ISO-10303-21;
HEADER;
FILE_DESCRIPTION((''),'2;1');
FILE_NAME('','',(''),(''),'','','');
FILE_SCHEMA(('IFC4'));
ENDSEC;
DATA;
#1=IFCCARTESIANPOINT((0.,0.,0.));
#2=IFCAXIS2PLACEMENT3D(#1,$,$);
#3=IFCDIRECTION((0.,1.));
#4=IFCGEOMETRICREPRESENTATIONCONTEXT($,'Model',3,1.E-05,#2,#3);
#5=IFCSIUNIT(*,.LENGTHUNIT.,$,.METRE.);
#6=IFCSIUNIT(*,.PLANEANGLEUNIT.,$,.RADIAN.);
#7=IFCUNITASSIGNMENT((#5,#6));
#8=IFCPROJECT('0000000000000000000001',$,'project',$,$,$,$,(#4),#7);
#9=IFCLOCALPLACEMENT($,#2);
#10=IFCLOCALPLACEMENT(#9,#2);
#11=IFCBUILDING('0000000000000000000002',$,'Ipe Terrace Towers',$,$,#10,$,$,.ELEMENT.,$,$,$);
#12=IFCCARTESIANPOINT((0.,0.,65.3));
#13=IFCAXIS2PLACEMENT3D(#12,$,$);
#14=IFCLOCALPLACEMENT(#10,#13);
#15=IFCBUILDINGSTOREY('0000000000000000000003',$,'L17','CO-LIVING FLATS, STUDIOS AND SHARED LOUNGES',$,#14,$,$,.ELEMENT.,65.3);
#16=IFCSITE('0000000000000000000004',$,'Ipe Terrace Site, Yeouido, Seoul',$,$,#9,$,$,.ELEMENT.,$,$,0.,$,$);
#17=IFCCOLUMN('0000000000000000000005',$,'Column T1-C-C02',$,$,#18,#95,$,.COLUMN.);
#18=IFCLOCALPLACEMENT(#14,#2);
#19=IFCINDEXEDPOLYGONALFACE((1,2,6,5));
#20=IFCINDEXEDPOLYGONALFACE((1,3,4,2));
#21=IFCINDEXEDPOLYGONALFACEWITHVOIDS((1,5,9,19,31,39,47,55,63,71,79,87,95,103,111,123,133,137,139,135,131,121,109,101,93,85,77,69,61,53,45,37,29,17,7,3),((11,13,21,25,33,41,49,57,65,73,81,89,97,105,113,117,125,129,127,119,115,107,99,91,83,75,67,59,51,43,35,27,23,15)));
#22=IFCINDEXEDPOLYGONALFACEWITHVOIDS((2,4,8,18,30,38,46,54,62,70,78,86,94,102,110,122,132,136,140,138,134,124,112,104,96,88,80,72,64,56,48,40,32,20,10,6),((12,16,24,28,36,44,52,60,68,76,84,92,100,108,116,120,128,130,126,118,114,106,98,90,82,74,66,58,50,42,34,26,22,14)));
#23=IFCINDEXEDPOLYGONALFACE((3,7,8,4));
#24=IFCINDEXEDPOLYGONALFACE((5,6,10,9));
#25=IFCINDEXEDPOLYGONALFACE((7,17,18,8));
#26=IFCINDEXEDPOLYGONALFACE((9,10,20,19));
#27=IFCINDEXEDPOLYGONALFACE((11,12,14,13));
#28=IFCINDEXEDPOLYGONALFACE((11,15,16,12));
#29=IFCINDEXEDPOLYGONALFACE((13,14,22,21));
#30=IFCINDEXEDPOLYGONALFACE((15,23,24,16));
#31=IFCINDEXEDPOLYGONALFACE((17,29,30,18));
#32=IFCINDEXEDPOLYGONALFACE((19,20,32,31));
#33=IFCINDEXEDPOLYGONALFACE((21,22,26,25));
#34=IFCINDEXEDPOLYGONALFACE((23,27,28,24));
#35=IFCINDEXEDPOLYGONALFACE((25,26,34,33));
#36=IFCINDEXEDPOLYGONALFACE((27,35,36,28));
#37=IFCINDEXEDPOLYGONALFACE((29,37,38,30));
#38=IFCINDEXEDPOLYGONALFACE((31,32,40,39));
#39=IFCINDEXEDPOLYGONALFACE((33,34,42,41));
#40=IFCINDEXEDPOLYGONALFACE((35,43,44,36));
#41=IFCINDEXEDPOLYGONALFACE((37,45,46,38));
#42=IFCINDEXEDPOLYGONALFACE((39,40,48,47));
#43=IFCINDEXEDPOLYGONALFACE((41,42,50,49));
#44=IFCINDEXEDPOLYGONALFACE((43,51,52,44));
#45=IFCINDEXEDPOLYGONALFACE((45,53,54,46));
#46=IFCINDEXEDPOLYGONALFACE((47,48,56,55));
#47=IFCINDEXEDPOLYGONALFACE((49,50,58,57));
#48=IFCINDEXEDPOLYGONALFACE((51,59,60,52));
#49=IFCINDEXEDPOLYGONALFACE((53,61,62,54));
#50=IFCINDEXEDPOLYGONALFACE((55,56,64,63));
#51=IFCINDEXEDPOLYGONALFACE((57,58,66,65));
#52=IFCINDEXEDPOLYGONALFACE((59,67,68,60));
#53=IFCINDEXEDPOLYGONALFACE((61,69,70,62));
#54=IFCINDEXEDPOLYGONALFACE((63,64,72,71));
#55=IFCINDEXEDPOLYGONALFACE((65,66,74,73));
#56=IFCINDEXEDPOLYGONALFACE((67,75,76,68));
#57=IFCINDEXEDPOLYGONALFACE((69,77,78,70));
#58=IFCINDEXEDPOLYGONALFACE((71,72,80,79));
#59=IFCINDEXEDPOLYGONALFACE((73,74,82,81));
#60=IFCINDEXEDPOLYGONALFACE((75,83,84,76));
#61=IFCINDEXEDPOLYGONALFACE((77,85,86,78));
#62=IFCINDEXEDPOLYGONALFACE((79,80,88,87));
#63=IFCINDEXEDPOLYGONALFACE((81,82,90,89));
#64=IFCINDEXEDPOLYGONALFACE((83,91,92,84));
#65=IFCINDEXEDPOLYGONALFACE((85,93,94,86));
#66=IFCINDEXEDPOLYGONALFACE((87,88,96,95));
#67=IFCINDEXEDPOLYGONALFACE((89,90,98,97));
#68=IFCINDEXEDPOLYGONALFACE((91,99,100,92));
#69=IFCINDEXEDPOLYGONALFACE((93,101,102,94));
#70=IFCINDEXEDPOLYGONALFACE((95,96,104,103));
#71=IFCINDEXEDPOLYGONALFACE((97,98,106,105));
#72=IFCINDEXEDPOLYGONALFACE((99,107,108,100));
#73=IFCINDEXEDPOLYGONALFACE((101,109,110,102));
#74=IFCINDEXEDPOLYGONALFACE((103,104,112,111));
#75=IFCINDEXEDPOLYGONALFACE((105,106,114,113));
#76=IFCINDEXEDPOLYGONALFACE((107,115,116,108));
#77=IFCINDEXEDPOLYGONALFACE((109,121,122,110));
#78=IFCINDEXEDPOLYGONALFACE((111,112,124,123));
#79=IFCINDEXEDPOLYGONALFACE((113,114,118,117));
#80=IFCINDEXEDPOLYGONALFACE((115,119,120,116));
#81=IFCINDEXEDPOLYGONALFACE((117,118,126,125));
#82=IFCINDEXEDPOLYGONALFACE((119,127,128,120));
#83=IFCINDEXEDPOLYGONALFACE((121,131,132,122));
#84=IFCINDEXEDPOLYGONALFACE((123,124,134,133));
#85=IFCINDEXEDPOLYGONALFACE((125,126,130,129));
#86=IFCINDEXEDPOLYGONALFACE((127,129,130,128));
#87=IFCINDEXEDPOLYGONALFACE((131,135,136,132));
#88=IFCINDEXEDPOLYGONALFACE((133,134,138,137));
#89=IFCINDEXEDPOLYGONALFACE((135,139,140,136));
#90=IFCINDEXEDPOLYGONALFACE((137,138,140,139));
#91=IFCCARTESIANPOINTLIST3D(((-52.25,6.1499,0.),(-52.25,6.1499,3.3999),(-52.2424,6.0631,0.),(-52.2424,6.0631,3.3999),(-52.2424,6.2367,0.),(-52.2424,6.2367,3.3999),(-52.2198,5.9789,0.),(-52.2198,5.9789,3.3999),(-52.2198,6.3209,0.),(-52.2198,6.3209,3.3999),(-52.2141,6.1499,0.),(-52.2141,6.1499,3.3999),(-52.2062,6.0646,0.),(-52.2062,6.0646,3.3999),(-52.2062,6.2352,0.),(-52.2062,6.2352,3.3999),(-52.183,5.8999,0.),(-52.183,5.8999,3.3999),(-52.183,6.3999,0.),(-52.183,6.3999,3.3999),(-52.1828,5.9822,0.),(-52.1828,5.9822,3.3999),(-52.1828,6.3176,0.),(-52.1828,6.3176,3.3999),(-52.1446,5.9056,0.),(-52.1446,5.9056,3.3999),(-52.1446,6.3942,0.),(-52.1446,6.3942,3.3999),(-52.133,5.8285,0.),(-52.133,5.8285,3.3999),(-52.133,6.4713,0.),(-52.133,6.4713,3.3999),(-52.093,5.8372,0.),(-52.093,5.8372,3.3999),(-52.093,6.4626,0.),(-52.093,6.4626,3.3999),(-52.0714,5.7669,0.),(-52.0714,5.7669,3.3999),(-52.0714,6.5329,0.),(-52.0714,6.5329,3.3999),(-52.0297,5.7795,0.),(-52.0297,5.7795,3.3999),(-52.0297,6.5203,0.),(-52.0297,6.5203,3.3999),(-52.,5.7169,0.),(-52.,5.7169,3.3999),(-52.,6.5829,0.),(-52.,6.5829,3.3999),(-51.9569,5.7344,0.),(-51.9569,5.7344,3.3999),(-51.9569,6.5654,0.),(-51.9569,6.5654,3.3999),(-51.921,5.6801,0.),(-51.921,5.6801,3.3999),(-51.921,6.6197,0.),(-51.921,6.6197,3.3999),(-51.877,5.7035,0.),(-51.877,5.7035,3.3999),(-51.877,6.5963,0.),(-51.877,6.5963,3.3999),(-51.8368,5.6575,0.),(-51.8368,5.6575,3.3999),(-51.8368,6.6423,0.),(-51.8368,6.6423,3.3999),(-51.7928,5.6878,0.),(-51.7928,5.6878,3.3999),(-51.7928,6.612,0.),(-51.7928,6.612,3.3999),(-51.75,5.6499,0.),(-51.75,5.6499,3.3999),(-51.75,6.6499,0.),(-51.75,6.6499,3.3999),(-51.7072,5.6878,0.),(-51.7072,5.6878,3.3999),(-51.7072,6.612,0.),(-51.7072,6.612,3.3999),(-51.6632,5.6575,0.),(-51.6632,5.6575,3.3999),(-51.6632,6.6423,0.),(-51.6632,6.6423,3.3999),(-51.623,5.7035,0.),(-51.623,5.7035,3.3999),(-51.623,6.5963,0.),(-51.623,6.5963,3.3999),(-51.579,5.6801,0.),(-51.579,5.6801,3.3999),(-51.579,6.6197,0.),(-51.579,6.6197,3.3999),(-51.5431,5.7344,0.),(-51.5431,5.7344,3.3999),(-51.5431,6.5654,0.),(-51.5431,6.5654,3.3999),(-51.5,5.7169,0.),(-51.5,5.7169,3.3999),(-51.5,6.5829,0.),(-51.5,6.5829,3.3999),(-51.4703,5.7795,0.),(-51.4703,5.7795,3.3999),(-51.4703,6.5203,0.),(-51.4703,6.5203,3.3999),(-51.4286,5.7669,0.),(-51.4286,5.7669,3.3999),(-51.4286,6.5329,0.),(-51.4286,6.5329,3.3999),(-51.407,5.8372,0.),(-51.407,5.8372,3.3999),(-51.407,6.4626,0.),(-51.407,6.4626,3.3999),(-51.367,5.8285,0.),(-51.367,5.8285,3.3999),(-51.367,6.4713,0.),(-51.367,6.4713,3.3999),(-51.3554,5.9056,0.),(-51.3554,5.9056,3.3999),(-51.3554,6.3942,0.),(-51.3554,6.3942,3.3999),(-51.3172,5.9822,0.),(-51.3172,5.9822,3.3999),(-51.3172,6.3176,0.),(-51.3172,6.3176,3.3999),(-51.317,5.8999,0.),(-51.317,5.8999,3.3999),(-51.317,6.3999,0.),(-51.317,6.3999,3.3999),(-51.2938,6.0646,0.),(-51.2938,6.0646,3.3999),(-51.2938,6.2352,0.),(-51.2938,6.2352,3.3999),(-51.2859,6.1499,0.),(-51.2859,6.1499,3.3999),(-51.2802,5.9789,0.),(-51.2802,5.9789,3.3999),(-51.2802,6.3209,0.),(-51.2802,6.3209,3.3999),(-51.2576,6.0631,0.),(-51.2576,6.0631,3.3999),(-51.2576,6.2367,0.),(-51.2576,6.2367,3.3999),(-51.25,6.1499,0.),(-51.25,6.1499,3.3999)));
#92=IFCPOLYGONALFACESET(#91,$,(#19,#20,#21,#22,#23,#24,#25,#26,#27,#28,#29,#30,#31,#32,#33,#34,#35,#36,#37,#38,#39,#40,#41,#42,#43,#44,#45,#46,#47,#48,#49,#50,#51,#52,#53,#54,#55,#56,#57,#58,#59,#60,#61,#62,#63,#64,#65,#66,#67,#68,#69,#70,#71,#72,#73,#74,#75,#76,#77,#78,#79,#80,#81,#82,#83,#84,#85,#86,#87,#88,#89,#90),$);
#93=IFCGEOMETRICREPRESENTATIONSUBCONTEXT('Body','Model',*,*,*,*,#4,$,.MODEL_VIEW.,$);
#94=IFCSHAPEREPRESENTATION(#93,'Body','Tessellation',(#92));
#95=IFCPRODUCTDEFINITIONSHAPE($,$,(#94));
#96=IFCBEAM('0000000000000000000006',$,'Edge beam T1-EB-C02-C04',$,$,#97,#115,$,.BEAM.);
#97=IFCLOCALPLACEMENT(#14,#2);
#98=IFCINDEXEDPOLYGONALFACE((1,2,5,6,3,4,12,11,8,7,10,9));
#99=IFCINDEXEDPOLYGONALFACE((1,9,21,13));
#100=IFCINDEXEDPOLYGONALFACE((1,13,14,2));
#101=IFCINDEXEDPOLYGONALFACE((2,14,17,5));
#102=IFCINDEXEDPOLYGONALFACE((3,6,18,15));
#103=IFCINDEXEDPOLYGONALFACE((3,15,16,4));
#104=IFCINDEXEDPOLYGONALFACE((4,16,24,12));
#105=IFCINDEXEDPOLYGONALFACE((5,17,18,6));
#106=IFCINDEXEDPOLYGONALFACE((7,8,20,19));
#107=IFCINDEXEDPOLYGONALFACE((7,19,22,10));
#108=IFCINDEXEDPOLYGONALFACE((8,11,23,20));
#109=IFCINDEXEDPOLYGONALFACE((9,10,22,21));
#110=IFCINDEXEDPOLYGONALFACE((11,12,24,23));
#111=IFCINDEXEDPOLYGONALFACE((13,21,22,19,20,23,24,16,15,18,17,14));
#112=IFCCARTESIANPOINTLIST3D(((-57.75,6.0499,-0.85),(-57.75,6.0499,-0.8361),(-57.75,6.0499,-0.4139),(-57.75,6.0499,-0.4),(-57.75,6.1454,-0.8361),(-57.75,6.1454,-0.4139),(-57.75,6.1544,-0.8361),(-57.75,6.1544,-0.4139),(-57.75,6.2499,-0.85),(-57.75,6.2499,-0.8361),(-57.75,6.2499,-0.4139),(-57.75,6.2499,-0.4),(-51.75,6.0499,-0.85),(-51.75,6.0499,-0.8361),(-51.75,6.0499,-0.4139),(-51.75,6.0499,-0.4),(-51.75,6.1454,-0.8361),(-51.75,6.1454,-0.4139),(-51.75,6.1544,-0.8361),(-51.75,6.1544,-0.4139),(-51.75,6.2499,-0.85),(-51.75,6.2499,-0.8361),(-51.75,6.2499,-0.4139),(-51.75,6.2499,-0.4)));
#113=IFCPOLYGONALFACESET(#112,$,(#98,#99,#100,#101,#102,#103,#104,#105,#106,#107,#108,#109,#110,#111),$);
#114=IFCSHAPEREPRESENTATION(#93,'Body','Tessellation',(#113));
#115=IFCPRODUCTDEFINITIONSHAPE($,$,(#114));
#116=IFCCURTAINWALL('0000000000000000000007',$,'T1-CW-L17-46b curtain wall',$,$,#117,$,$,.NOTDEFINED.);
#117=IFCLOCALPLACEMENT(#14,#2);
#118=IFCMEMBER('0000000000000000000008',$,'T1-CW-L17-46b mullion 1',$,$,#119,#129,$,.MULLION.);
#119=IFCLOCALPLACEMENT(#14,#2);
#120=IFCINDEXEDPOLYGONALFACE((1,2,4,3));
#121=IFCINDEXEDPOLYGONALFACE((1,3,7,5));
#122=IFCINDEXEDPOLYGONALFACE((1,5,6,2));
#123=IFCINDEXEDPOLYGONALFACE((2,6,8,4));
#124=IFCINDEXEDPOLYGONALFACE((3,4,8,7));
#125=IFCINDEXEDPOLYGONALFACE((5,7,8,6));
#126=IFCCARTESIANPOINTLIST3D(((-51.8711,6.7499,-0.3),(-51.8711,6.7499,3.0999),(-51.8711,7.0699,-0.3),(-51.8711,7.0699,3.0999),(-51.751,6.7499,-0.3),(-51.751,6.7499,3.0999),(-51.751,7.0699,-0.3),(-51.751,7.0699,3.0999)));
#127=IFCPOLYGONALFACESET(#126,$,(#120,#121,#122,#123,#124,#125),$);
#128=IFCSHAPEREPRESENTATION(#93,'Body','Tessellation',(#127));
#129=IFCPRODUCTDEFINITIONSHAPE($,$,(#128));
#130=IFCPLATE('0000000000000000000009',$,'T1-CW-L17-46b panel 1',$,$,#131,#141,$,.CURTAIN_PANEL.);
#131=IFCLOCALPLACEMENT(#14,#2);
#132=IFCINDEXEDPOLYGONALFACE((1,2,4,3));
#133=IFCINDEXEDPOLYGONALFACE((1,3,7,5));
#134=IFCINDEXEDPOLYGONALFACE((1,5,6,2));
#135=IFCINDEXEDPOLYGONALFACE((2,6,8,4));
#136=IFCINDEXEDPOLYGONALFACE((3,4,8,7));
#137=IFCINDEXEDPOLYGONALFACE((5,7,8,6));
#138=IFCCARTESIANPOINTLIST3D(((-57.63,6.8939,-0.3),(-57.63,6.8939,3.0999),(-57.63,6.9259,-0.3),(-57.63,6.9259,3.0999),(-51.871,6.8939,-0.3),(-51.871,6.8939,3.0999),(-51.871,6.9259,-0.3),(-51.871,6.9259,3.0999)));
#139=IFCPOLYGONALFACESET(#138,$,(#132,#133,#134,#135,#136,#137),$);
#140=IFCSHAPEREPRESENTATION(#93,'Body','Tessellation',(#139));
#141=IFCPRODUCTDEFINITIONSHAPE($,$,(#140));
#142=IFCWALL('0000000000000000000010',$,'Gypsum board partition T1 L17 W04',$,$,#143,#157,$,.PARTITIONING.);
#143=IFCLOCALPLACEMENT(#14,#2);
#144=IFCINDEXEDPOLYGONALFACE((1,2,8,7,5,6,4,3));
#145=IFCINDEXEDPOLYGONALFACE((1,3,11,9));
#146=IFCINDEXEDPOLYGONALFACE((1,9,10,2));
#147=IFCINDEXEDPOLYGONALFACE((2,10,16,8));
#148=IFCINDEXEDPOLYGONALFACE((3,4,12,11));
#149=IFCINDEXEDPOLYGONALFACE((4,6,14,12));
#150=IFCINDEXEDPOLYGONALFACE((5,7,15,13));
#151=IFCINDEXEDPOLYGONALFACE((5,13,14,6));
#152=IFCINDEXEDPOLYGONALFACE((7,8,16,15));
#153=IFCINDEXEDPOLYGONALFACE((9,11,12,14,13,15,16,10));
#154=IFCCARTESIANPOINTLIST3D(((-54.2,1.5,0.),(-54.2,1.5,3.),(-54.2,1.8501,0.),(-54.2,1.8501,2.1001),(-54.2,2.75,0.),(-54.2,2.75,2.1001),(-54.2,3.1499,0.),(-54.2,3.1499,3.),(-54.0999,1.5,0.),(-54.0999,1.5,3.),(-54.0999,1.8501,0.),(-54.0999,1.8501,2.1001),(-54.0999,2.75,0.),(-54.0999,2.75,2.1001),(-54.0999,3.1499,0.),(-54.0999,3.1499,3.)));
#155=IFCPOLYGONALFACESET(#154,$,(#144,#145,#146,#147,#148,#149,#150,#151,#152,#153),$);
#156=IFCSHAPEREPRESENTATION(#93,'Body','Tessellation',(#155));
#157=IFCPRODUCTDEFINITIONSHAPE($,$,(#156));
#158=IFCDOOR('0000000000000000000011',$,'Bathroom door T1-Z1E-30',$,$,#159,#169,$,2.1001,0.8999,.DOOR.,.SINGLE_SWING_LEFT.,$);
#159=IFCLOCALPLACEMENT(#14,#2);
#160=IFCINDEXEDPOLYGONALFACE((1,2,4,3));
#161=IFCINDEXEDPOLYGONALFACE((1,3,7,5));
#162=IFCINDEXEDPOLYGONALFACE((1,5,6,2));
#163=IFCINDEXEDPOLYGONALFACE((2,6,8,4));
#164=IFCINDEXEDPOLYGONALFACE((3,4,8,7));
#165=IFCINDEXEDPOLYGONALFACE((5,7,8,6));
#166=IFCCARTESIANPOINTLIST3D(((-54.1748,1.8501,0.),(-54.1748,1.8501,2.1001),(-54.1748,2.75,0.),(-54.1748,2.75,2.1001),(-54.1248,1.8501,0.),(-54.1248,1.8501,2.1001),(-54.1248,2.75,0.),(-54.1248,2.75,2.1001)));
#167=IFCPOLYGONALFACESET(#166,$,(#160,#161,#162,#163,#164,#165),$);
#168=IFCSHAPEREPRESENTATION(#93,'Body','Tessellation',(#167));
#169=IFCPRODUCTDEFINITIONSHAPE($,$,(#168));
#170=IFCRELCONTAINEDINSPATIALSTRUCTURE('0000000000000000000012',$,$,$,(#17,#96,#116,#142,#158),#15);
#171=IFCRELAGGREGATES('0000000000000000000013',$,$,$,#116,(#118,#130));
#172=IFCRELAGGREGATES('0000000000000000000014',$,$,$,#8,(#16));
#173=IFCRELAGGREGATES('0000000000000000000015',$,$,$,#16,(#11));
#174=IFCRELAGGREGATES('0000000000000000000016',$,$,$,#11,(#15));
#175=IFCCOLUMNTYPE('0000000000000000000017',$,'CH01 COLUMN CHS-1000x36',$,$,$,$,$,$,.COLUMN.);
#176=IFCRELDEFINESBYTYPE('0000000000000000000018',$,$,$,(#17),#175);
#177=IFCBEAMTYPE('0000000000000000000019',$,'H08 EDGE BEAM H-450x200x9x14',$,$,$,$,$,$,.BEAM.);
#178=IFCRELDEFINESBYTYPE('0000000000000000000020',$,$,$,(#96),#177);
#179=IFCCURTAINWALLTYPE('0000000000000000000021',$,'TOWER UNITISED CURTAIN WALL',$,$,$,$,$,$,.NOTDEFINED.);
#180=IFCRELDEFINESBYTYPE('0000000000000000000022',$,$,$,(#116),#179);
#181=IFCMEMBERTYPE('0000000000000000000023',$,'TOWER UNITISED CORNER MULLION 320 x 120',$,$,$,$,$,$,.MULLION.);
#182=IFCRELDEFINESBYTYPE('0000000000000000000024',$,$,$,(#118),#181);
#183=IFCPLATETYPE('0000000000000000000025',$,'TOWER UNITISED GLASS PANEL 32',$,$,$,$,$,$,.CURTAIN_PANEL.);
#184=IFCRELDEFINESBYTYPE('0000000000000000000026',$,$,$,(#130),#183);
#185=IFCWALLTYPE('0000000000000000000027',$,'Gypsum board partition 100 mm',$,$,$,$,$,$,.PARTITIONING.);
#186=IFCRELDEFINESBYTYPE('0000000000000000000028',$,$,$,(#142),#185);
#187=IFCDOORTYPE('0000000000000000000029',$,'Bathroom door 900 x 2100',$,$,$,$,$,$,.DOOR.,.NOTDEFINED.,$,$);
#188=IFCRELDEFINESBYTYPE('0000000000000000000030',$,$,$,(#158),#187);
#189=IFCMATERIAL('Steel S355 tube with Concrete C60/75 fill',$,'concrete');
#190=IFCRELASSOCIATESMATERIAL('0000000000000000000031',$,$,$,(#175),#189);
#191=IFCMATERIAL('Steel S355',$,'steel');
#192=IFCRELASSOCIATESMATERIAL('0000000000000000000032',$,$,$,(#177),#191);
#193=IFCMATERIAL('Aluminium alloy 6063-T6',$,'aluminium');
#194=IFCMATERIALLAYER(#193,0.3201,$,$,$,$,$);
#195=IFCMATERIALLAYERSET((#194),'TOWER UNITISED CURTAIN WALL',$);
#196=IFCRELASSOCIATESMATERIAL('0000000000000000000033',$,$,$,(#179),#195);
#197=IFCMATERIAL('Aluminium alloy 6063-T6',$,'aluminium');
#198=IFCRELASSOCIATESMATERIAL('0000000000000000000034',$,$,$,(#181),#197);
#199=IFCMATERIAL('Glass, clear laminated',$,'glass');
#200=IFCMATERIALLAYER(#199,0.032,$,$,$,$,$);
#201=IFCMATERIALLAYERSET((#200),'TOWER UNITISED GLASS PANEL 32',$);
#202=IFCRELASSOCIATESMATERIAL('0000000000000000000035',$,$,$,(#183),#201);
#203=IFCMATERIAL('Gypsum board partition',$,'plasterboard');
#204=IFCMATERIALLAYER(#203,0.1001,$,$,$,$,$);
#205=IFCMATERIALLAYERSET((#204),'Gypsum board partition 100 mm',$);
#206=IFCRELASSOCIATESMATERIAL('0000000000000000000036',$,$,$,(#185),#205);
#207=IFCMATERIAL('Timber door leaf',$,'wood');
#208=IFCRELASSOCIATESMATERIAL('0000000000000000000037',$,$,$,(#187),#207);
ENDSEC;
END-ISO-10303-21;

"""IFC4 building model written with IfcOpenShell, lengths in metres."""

from ifc_helpers import new_model, si_unit, direction, frame, frame_2d, origin, origin_2d, place, context, subcontext, project, spatial, rectangle, hollow_circle, i_section, extrude, material, layer, layer_set, material_profile, profile_set, type_object, element, fill, aggregate, save


model = new_model("IFC4")

# Units and contexts
model_context = context("Model", 3, precision=1e-05, world=origin(), true_north=direction((0.0, 1.0)))
body_context = subcontext(model_context, "Body", "Model", "MODEL_VIEW")
ifc_project = project(units=[si_unit("LENGTHUNIT", "METRE"), si_unit("PLANEANGLEUNIT", "RADIAN")], contexts=[model_context])

# Site, building, storey
site_placement = place(None, origin())
site = spatial("IfcSite", under=ifc_project, at=site_placement, Name="Ipe Terrace Site, Yeouido, Seoul", CompositionType="ELEMENT", RefElevation=0.0)
building_placement = place(site_placement, origin())
building = spatial("IfcBuilding", under=site, at=building_placement, Name="Ipe Terrace Towers", CompositionType="ELEMENT")
storey_placement = place(building_placement, frame((0.0, 0.0, 65.3)))
storey = spatial("IfcBuildingStorey", under=building, at=storey_placement, Name="L17", Description="CO-LIVING FLATS, STUDIOS AND SHARED LOUNGES", CompositionType="ELEMENT", Elevation=65.3)

# Column
ifc_material_1 = material(Name="Steel S355 tube with Concrete C60/75 fill", Category="concrete")
ifc_material_profile_1 = material_profile(ifc_material_1, hollow_circle(Radius=0.5, WallThickness=0.0359, at=origin_2d()), Name="CHS-1000x36")
ifc_profile_set_1 = profile_set([ifc_material_profile_1], Name="Steel S355 tube with Concrete C60/75 fill")
column_type = type_object("IfcColumnType", Name="CH01 COLUMN CHS-1000x36", PredefinedType="COLUMN", material=ifc_profile_set_1)
column_placement = place(storey_placement, frame((-51.75, 6.1499, 0.0), z_axis=(0.0, 0.0, 1.0), x_axis=(1.0, 0.0, 0.0)))
element("IfcColumn", 1, at=column_placement, inside=storey, type_object=column_type, Name="Column T1-C-C02", PredefinedType="COLUMN", context=body_context, shape_type="SweptSolid", body=[
    extrude(hollow_circle(Radius=0.5, WallThickness=0.0359, at=origin_2d()), origin(), (0.0, 0.0, 1.0), 3.3999),
])

# Beam
ifc_material_2 = material(Name="Steel S355", Category="steel")
ifc_material_profile_2 = material_profile(ifc_material_2, i_section(OverallWidth=0.2, OverallDepth=0.45, WebThickness=0.009, FlangeThickness=0.0139, at=origin_2d()), Name="H-450x200x9x14")
ifc_profile_set_2 = profile_set([ifc_material_profile_2], Name="Steel S355")
beam_type = type_object("IfcBeamType", Name="H08 EDGE BEAM H-450x200x9x14", PredefinedType="BEAM", material=ifc_profile_set_2)
beam_placement = place(storey_placement, frame((-51.75, 6.1499, -0.625), z_axis=(-1.0, 0.0, 0.0), x_axis=(0.0, -1.0, 0.0)))
element("IfcBeam", 2, at=beam_placement, inside=storey, type_object=beam_type, Name="Edge beam T1-EB-C02-C04", PredefinedType="BEAM", context=body_context, shape_type="SweptSolid", body=[
    extrude(i_section(OverallWidth=0.2, OverallDepth=0.45, WebThickness=0.009, FlangeThickness=0.0139, at=origin_2d()), origin(), (0.0, 0.0, 1.0), 6.0),
])

# Curtain wall, member, plate
ifc_material_3 = material(Name="Aluminium alloy 6063-T6", Category="aluminium")
ifc_layer_1 = layer(ifc_material_3, 0.3201)
ifc_layer_set_1 = layer_set([ifc_layer_1], Name="TOWER UNITISED CURTAIN WALL")
curtain_wall_type = type_object("IfcCurtainWallType", Name="TOWER UNITISED CURTAIN WALL", PredefinedType="NOTDEFINED", material=ifc_layer_set_1)
curtain_wall_placement = place(storey_placement, origin())
curtain_wall = element("IfcCurtainWall", 3, at=curtain_wall_placement, inside=storey, type_object=curtain_wall_type, Name="T1-CW-L17-46b curtain wall", PredefinedType="NOTDEFINED")
ifc_material_4 = material(Name="Aluminium alloy 6063-T6", Category="aluminium")
ifc_material_profile_3 = material_profile(ifc_material_4, rectangle(XDim=0.3201, YDim=0.1201, at=origin_2d()), Name="TOWER UNITISED CORNER MULLION 320 x 120")
ifc_profile_set_3 = profile_set([ifc_material_profile_3], Name="Aluminium alloy 6063-T6")
member_type = type_object("IfcMemberType", Name="TOWER UNITISED CORNER MULLION 320 x 120", PredefinedType="MULLION", material=ifc_profile_set_3)
member_placement = place(storey_placement, frame((-51.811, 6.9099, -0.3), z_axis=(0.0, 0.0, 1.0), x_axis=(0.0, 1.0, 0.0)))
member = element("IfcMember", 4, at=member_placement, type_object=member_type, Name="T1-CW-L17-46b mullion 1", PredefinedType="MULLION", context=body_context, shape_type="SweptSolid", body=[
    extrude(rectangle(XDim=0.3201, YDim=0.1201, at=origin_2d()), origin(), (0.0, 0.0, 1.0), 3.3999),
])
ifc_material_5 = material(Name="Glass, clear laminated", Category="glass")
ifc_layer_2 = layer(ifc_material_5, 0.032)
ifc_layer_set_2 = layer_set([ifc_layer_2], Name="TOWER UNITISED GLASS PANEL 32")
plate_type = type_object("IfcPlateType", Name="TOWER UNITISED GLASS PANEL 32", PredefinedType="CURTAIN_PANEL", material=ifc_layer_set_2)
plate_placement = place(storey_placement, frame((-54.7505, 6.9099, -0.3), z_axis=(0.0, 0.0, 1.0), x_axis=(-1.0, 0.0, 0.0)))
plate = element("IfcPlate", 5, at=plate_placement, type_object=plate_type, Name="T1-CW-L17-46b panel 1", PredefinedType="CURTAIN_PANEL", context=body_context, shape_type="SweptSolid", body=[
    extrude(rectangle(XDim=5.759, YDim=0.032, at=origin_2d()), origin(), (0.0, 0.0, 1.0), 3.3999),
])
aggregate(curtain_wall, [member, plate])

# Wall, opening, door
ifc_material_6 = material(Name="Gypsum board partition", Category="plasterboard")
ifc_layer_3 = layer(ifc_material_6, 0.1001)
ifc_layer_set_3 = layer_set([ifc_layer_3], Name="Gypsum board partition 100 mm")
wall_type_1 = type_object("IfcWallType", Name="Gypsum board partition 100 mm", PredefinedType="PARTITIONING", material=ifc_layer_set_3)
wall_1_placement = place(storey_placement, frame((-54.1499, 1.5, 0.0), z_axis=(0.0, 0.0, 1.0), x_axis=(0.0, 1.0, 0.0)))
wall_1 = element("IfcWall", 6, at=wall_1_placement, inside=storey, type_object=wall_type_1, Name="Gypsum board partition T1 L17 W04", PredefinedType="PARTITIONING", context=body_context, shape_type="SweptSolid", body=[
    extrude(rectangle(XDim=1.6499, YDim=0.1001, at=frame_2d((0.825, 0.0))), origin(), (0.0, 0.0, 1.0), 3.0),
])
opening_1_placement = place(wall_1_placement, frame((0.3501, 0.0, 0.0)))
opening_1 = element("IfcOpeningElement", 7, at=opening_1_placement, cuts=wall_1, PredefinedType="OPENING", context=body_context, shape_type="SweptSolid", body=[
    extrude(rectangle(XDim=0.8999, YDim=2.1001, at=frame_2d((0.45, 1.05))), frame((0.0, 0.0601, 0.0), z_axis=(0.0, -1.0, 0.0), x_axis=(1.0, 0.0, 0.0)), (0.0, 0.0, 1.0), 0.1201),
])
ifc_material_7 = material(Name="Timber door leaf", Category="wood")
door_type_1 = type_object("IfcDoorType", Name="Bathroom door 900 x 2100", OperationType="NOTDEFINED", PredefinedType="DOOR", material=ifc_material_7)
door_1_placement = place(opening_1_placement, origin())
door_1 = element("IfcDoor", 8, at=door_1_placement, inside=storey, type_object=door_type_1, Name="Bathroom door T1-Z1E-30", OperationType="SINGLE_SWING_LEFT", OverallHeight=2.1001, OverallWidth=0.8999, PredefinedType="DOOR", context=body_context, shape_type="SweptSolid", body=[
    extrude(rectangle(XDim=0.8999, YDim=2.1001, at=frame_2d((0.45, 1.05))), frame((0.0, 0.0249, 0.0), z_axis=(0.0, -1.0, 0.0), x_axis=(1.0, 0.0, 0.0)), (0.0, 0.0, 1.0), 0.05),
])
fill(opening_1, door_1)

save(model, "model.ifc")
